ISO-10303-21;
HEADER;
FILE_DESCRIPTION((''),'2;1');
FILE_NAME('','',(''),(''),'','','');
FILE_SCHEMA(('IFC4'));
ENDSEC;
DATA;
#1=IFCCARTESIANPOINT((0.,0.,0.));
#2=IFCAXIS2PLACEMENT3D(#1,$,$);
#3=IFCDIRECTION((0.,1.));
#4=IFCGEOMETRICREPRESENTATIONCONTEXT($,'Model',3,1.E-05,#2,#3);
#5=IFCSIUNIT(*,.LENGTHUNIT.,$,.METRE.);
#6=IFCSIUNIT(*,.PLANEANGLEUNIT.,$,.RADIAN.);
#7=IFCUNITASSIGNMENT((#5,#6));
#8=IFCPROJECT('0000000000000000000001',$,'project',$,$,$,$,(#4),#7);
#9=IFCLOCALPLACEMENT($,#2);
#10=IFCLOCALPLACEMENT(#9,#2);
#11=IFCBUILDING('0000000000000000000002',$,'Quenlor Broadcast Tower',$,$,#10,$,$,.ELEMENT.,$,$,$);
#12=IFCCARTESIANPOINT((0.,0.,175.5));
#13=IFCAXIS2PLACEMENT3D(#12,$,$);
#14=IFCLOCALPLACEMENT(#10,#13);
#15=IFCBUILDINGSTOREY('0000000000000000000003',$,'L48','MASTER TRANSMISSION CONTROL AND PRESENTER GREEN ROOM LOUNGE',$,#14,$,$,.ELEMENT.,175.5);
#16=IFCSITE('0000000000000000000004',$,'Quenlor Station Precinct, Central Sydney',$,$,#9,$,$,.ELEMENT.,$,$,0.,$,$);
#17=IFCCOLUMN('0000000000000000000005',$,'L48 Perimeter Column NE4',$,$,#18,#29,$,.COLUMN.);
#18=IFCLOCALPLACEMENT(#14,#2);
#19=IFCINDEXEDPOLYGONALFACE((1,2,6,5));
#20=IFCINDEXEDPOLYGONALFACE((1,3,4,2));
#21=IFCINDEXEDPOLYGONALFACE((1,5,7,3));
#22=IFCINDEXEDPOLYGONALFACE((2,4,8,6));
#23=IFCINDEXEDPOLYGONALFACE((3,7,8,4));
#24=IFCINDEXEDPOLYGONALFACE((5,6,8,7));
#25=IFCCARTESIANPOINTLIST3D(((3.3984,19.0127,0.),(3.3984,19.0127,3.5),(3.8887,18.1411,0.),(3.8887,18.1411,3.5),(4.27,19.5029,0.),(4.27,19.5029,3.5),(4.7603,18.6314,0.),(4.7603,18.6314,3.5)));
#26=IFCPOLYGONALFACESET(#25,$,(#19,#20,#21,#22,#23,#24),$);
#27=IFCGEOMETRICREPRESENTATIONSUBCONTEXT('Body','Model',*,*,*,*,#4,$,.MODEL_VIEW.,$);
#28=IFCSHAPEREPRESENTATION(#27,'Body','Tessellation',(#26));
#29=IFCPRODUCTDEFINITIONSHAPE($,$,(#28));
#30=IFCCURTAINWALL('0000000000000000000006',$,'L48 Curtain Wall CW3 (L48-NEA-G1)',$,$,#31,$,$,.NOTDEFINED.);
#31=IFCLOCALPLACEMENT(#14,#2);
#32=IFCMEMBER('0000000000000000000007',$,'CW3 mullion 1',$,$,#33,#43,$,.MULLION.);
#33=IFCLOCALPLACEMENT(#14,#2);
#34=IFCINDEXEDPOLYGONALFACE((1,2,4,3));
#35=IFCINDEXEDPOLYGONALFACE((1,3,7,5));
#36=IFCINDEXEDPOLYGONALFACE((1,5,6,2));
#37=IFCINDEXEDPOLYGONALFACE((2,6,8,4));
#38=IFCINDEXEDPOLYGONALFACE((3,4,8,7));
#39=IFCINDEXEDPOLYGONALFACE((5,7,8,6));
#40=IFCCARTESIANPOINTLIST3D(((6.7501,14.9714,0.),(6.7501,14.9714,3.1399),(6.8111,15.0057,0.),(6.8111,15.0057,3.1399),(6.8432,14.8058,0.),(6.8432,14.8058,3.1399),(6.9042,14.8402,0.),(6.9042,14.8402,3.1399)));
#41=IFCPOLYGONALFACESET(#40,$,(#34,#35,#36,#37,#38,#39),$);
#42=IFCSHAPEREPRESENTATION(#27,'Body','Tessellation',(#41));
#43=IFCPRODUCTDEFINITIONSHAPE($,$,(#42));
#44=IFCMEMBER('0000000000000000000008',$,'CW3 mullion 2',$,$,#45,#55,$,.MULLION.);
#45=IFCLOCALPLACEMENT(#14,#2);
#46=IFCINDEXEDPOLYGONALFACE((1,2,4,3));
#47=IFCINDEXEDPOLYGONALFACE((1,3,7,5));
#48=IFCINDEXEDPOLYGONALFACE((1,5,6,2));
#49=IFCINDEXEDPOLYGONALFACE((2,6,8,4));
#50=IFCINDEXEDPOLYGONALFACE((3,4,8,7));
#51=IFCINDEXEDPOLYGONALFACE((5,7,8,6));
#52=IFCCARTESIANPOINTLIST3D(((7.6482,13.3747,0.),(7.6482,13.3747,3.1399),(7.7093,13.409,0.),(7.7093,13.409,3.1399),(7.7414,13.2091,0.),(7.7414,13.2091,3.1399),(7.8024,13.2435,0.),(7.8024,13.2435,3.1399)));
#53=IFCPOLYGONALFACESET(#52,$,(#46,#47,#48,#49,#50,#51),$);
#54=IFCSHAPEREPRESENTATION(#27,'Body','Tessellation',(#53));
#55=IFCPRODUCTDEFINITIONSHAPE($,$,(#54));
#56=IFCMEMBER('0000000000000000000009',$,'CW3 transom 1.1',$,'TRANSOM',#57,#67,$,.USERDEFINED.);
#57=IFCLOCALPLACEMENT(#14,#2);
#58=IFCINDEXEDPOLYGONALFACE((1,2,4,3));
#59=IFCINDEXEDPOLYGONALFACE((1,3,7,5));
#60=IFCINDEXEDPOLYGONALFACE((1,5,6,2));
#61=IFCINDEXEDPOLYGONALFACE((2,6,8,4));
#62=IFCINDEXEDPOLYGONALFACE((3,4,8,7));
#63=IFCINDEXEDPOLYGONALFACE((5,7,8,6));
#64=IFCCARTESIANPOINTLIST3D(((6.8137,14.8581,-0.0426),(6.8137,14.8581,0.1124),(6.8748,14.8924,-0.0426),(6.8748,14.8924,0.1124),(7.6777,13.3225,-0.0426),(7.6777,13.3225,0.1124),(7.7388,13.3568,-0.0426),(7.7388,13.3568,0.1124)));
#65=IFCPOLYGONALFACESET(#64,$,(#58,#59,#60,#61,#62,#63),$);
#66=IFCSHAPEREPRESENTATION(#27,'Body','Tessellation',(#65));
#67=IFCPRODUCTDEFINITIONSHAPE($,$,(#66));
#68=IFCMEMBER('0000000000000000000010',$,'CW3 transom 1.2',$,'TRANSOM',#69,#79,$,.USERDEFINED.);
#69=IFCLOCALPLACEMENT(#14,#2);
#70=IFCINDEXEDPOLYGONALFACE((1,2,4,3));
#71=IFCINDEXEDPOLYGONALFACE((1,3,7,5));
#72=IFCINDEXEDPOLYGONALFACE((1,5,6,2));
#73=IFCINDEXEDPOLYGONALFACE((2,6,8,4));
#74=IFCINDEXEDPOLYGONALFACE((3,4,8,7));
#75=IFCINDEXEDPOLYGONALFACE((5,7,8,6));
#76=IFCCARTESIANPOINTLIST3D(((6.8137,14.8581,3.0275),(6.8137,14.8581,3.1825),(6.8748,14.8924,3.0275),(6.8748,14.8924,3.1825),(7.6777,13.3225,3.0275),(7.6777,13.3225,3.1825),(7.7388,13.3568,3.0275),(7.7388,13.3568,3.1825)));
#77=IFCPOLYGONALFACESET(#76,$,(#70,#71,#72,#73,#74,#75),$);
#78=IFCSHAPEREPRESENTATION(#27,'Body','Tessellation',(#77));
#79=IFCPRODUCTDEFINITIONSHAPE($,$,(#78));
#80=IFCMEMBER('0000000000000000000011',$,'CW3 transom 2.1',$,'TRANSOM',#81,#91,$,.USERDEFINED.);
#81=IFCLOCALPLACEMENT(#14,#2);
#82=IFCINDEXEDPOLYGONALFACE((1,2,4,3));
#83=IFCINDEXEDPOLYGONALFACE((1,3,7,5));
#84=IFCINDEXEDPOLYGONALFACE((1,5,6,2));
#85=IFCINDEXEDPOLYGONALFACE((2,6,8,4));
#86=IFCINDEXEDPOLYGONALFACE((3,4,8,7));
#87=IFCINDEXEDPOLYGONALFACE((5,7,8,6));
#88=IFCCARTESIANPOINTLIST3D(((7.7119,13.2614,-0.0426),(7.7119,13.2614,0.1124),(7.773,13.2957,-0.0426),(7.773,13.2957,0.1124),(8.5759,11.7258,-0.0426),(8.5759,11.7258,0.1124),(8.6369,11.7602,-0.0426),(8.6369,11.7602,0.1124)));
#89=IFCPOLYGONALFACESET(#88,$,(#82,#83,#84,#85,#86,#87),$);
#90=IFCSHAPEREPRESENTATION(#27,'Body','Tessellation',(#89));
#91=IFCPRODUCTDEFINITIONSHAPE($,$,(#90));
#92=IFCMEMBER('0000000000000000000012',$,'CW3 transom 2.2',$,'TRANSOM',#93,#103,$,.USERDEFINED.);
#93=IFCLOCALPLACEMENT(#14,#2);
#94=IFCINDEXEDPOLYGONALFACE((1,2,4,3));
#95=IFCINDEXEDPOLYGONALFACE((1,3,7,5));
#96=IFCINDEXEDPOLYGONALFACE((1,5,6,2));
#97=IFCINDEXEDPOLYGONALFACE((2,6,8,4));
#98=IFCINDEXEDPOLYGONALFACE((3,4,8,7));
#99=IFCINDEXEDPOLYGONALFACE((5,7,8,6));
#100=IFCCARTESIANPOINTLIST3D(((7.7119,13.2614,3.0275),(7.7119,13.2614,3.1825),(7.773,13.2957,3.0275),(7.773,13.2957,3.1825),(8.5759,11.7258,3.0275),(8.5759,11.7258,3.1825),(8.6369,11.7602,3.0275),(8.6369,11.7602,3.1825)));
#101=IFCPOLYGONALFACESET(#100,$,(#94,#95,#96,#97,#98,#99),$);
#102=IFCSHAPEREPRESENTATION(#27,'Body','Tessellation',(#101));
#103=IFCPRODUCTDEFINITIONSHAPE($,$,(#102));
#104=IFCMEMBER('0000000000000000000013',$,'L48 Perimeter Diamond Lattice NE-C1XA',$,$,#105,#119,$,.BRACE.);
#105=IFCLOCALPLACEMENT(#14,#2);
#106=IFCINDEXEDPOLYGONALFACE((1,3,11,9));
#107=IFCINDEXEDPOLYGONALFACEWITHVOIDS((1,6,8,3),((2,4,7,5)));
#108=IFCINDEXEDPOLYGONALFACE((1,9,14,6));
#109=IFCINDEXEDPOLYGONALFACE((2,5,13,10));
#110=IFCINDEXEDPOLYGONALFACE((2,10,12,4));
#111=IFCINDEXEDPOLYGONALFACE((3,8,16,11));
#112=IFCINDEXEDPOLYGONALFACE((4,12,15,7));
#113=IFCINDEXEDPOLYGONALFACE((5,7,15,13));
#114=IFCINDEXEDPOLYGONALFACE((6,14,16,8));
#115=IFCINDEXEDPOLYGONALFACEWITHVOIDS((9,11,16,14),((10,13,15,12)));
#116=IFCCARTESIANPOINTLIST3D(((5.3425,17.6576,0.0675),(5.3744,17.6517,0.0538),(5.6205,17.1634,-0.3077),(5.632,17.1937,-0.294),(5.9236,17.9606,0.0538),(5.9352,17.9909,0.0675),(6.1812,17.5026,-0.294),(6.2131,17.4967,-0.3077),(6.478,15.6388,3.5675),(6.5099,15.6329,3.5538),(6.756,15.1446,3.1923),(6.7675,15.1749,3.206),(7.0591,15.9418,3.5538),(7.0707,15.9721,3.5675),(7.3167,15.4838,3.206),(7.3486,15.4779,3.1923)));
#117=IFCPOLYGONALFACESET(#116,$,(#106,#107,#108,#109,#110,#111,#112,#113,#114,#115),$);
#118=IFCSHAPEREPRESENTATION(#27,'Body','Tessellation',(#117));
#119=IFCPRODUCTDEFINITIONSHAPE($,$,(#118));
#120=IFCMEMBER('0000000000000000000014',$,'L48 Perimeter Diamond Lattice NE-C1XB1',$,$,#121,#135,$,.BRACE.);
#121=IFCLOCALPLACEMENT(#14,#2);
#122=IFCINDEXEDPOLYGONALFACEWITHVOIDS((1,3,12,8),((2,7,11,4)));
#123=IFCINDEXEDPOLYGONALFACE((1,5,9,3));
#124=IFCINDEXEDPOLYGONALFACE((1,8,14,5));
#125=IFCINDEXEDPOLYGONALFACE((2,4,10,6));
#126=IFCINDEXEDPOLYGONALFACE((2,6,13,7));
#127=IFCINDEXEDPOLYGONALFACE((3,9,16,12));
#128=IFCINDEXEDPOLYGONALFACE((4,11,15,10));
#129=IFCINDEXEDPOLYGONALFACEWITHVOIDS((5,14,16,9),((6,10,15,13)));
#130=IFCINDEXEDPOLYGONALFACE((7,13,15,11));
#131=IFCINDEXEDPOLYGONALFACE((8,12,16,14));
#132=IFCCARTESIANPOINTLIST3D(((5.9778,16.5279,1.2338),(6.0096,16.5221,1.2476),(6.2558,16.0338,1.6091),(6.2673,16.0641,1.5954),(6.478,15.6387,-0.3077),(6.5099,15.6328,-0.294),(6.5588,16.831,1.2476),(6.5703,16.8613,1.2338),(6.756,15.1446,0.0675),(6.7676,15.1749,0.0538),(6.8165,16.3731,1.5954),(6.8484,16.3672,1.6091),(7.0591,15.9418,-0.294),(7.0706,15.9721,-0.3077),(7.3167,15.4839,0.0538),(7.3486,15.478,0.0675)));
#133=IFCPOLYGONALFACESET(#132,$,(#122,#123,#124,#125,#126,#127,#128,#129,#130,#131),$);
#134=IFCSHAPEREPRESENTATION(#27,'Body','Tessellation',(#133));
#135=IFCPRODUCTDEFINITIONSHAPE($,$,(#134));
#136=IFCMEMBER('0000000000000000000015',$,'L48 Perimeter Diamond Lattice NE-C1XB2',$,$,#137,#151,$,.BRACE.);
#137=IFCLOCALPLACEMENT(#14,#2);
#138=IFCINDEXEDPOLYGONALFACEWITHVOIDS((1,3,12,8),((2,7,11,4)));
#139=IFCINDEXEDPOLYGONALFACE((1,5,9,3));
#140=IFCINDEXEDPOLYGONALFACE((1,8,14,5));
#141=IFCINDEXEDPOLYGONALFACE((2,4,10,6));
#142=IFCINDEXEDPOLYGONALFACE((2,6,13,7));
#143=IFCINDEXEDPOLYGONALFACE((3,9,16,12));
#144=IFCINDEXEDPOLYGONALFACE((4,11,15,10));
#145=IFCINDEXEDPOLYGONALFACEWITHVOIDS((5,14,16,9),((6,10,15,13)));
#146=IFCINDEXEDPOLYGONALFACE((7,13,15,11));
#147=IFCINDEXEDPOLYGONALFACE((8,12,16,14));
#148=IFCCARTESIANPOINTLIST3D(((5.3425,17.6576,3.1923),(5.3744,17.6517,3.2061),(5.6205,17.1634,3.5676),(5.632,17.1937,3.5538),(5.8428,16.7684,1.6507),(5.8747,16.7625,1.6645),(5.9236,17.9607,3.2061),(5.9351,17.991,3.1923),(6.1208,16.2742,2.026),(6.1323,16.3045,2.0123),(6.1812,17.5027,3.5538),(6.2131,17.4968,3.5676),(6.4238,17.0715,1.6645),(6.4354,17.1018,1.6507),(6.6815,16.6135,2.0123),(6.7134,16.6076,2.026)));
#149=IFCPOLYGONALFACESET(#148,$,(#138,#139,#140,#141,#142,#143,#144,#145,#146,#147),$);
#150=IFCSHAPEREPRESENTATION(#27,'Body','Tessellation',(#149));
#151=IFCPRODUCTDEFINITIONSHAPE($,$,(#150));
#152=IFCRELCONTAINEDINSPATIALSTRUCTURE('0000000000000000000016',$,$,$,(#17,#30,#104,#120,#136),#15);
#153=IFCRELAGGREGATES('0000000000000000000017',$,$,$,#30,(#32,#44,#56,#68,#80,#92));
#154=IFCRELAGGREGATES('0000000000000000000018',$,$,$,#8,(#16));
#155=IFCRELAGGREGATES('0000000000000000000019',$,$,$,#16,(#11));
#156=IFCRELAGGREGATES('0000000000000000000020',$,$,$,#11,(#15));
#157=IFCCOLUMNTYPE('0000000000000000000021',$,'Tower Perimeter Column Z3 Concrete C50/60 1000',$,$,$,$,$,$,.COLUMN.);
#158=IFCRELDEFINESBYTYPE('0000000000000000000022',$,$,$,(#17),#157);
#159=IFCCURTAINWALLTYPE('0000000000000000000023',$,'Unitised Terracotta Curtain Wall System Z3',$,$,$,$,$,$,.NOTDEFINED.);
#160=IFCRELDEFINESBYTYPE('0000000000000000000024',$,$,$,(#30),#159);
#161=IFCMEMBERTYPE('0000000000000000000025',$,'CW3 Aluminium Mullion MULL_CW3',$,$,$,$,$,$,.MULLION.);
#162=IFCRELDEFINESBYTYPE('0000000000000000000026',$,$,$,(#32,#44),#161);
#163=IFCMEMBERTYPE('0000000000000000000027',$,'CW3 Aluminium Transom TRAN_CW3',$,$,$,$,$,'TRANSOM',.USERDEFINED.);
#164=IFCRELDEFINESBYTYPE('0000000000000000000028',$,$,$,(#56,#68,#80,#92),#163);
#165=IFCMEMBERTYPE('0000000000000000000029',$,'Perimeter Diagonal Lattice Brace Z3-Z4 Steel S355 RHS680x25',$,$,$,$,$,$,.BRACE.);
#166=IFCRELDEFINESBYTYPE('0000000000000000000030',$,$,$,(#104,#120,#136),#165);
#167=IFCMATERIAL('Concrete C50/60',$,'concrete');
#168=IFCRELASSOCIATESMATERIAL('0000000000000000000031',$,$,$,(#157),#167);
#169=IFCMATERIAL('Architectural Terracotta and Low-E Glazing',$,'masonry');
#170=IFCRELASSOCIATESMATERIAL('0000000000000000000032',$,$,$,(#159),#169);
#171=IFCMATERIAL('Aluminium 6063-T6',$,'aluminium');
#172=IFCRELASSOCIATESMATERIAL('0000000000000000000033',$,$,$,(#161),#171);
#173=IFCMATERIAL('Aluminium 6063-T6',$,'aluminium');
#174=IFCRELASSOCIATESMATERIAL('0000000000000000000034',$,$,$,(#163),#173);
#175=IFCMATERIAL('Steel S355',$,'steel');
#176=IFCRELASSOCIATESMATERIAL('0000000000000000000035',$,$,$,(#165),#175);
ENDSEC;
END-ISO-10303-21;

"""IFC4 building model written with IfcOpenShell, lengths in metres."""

from ifc_helpers import new_model, si_unit, direction, frame, origin, origin_2d, place, context, subcontext, project, spatial, rectangle, hollow_rectangle, extrude, material, material_profile, profile_set, type_object, element, aggregate, save


model = new_model("IFC4")

# Units and contexts
model_context = context("Model", 3, precision=1e-05, world=origin(), true_north=direction((0.0, 1.0)))
body_context = subcontext(model_context, "Body", "Model", "MODEL_VIEW")
ifc_project = project(units=[si_unit("LENGTHUNIT", "METRE"), si_unit("PLANEANGLEUNIT", "RADIAN")], contexts=[model_context])

# Site, building, storey
site_placement = place(None, origin())
site = spatial("IfcSite", under=ifc_project, at=site_placement, Name="Quenlor Station Precinct, Central Sydney", CompositionType="ELEMENT", RefElevation=0.0)
building_placement = place(site_placement, origin())
building = spatial("IfcBuilding", under=site, at=building_placement, Name="Quenlor Broadcast Tower", CompositionType="ELEMENT")
storey_placement = place(building_placement, frame((0.0, 0.0, 175.5)))
storey = spatial("IfcBuildingStorey", under=building, at=storey_placement, Name="L48", Description="MASTER TRANSMISSION CONTROL AND PRESENTER GREEN ROOM LOUNGE", CompositionType="ELEMENT", Elevation=175.5)

# Column
ifc_material_1 = material(Name="Concrete C50/60", Category="concrete")
ifc_material_profile_1 = material_profile(ifc_material_1, rectangle(XDim=1.0, YDim=1.0, at=origin_2d()))
ifc_profile_set_1 = profile_set([ifc_material_profile_1], Name="Concrete C50/60 RC1000x1000")
column_type = type_object("IfcColumnType", Name="Tower Perimeter Column Z3 Concrete C50/60 1000", PredefinedType="COLUMN", material=ifc_profile_set_1)
column_placement = place(storey_placement, frame((4.0793, 18.822, 0.0), z_axis=(0.0, 0.0, 1.0), x_axis=(0.871575, 0.490262, 0.0)))
element("IfcColumn", 1, at=column_placement, inside=storey, type_object=column_type, Name="L48 Perimeter Column NE4", PredefinedType="COLUMN", context=body_context, shape_type="SweptSolid", body=[
    extrude(rectangle(XDim=1.0, YDim=1.0, at=origin_2d()), origin(), (0.0, 0.0, 1.0), 3.5),
])

# Curtain wall, members
ifc_material_2 = material(Name="Architectural Terracotta and Low-E Glazing", Category="masonry")
curtain_wall_type = type_object("IfcCurtainWallType", Name="Unitised Terracotta Curtain Wall System Z3", PredefinedType="NOTDEFINED", material=ifc_material_2)
curtain_wall_placement = place(storey_placement, origin())
curtain_wall = element("IfcCurtainWall", 2, at=curtain_wall_placement, inside=storey, type_object=curtain_wall_type, Name="L48 Curtain Wall CW3 (L48-NEA-G1)", PredefinedType="NOTDEFINED")
ifc_material_3 = material(Name="Aluminium 6063-T6", Category="aluminium")
ifc_material_profile_2 = material_profile(ifc_material_3, rectangle(XDim=0.0701, YDim=0.1899, at=origin_2d()))
ifc_profile_set_2 = profile_set([ifc_material_profile_2], Name="Aluminium 6063-T6 MULL70x190")
member_type_1 = type_object("IfcMemberType", Name="CW3 Aluminium Mullion MULL_CW3", PredefinedType="MULLION", material=ifc_profile_set_2)
member_1_placement = place(storey_placement, frame((6.8271, 14.9058, 0.0), z_axis=(0.0, 0.0, 1.0), x_axis=(0.871571, 0.49027, 0.0)))
member_1 = element("IfcMember", 3, at=member_1_placement, type_object=member_type_1, Name="CW3 mullion 1", PredefinedType="MULLION", context=body_context, shape_type="SweptSolid", body=[
    extrude(rectangle(XDim=0.0701, YDim=0.1899, at=origin_2d()), origin(), (0.0, 0.0, 1.0), 3.1399),
])
member_2_placement = place(storey_placement, frame((7.7253, 13.3091, 0.0), z_axis=(0.0, 0.0, 1.0), x_axis=(0.871571, 0.49027, 0.0)))
member_2 = element("IfcMember", 4, at=member_2_placement, type_object=member_type_1, Name="CW3 mullion 2", PredefinedType="MULLION", context=body_context, shape_type="SweptSolid", body=[
    extrude(rectangle(XDim=0.0701, YDim=0.1899, at=origin_2d()), origin(), (0.0, 0.0, 1.0), 3.1399),
])
ifc_material_4 = material(Name="Aluminium 6063-T6", Category="aluminium")
ifc_material_profile_3 = material_profile(ifc_material_4, rectangle(XDim=0.0701, YDim=0.155, at=origin_2d()))
ifc_profile_set_3 = profile_set([ifc_material_profile_3], Name="Aluminium 6063-T6 TRAN70x155")
member_type_2 = type_object("IfcMemberType", Name="CW3 Aluminium Transom TRAN_CW3", ElementType="TRANSOM", PredefinedType="USERDEFINED", material=ifc_profile_set_3)
member_3_placement = place(storey_placement, frame((6.8442, 14.8752, 0.0349), z_axis=(0.490353, -0.871524, 0.0), x_axis=(0.871524, 0.490353, 0.0)))
member_3 = element("IfcMember", 5, at=member_3_placement, type_object=member_type_2, Name="CW3 transom 1.1", ObjectType="TRANSOM", PredefinedType="USERDEFINED", context=body_context, shape_type="SweptSolid", body=[
    extrude(rectangle(XDim=0.0701, YDim=0.155, at=origin_2d()), origin(), (0.0, 0.0, 1.0), 1.762),
])
member_4_placement = place(storey_placement, frame((6.8442, 14.8752, 3.105), z_axis=(0.490353, -0.871524, 0.0), x_axis=(0.871524, 0.490353, 0.0)))
member_4 = element("IfcMember", 6, at=member_4_placement, type_object=member_type_2, Name="CW3 transom 1.2", ObjectType="TRANSOM", PredefinedType="USERDEFINED", context=body_context, shape_type="SweptSolid", body=[
    extrude(rectangle(XDim=0.0701, YDim=0.155, at=origin_2d()), origin(), (0.0, 0.0, 1.0), 1.762),
])
member_5_placement = place(storey_placement, frame((7.7424, 13.2786, 0.0349), z_axis=(0.490353, -0.871524, 0.0), x_axis=(0.871524, 0.490353, 0.0)))
member_5 = element("IfcMember", 7, at=member_5_placement, type_object=member_type_2, Name="CW3 transom 2.1", ObjectType="TRANSOM", PredefinedType="USERDEFINED", context=body_context, shape_type="SweptSolid", body=[
    extrude(rectangle(XDim=0.0701, YDim=0.155, at=origin_2d()), origin(), (0.0, 0.0, 1.0), 1.762),
])
member_6_placement = place(storey_placement, frame((7.7424, 13.2786, 3.105), z_axis=(0.490353, -0.871524, 0.0), x_axis=(0.871524, 0.490353, 0.0)))
member_6 = element("IfcMember", 8, at=member_6_placement, type_object=member_type_2, Name="CW3 transom 2.2", ObjectType="TRANSOM", PredefinedType="USERDEFINED", context=body_context, shape_type="SweptSolid", body=[
    extrude(rectangle(XDim=0.0701, YDim=0.155, at=origin_2d()), origin(), (0.0, 0.0, 1.0), 1.762),
])

# Members
ifc_material_5 = material(Name="Steel S355", Category="steel")
ifc_material_profile_4 = material_profile(ifc_material_5, hollow_rectangle(XDim=0.6799, YDim=0.6799, WallThickness=0.0249, at=origin_2d()))
ifc_profile_set_4 = profile_set([ifc_material_profile_4], Name="Steel S355 RHS680x680x25")
member_type_3 = type_object("IfcMemberType", Name="Perimeter Diagonal Lattice Brace Z3-Z4 Steel S355 RHS680x25", PredefinedType="BRACE", material=ifc_profile_set_4)
member_7_placement = place(storey_placement, frame((5.7778, 17.5771, -0.1201), z_axis=(0.270549, -0.481009, 0.833927), x_axis=(0.87159, 0.490236, 0.0)))
element("IfcMember", 9, at=member_7_placement, inside=storey, type_object=member_type_3, Name="L48 Perimeter Diamond Lattice NE-C1XA", PredefinedType="BRACE", context=body_context, shape_type="SweptSolid", body=[
    extrude(hollow_rectangle(XDim=0.6799, YDim=0.6799, WallThickness=0.0249, at=origin_2d()), origin(), (0.0, 0.0, 1.0), 4.197),
])
for number, where, z_axis, x_axis, name in (
    (10, (6.9133, 15.5583, -0.1201), (-0.270616, 0.481008, 0.833905), (-0.871537, -0.490329, 0.0), "L48 Perimeter Diamond Lattice NE-C1XB1"),
    (11, (6.2781, 16.688, 1.8384), (-0.270616, 0.481008, 0.833905), (-0.871537, -0.490329, 0.0), "L48 Perimeter Diamond Lattice NE-C1XB2"),
):
    element("IfcMember", number, at=place(storey_placement, frame(where, z_axis=z_axis, x_axis=x_axis)), inside=storey, type_object=member_type_3, Name=name, PredefinedType="BRACE", context=body_context, shape_type="SweptSolid", body=[
        extrude(hollow_rectangle(XDim=0.6799, YDim=0.6799, WallThickness=0.0249, at=origin_2d()), origin(), (0.0, 0.0, 1.0), 1.8486),
    ])

aggregate(curtain_wall, [member_1, member_2, member_3, member_4, member_5, member_6])

save(model, "model.ifc")
